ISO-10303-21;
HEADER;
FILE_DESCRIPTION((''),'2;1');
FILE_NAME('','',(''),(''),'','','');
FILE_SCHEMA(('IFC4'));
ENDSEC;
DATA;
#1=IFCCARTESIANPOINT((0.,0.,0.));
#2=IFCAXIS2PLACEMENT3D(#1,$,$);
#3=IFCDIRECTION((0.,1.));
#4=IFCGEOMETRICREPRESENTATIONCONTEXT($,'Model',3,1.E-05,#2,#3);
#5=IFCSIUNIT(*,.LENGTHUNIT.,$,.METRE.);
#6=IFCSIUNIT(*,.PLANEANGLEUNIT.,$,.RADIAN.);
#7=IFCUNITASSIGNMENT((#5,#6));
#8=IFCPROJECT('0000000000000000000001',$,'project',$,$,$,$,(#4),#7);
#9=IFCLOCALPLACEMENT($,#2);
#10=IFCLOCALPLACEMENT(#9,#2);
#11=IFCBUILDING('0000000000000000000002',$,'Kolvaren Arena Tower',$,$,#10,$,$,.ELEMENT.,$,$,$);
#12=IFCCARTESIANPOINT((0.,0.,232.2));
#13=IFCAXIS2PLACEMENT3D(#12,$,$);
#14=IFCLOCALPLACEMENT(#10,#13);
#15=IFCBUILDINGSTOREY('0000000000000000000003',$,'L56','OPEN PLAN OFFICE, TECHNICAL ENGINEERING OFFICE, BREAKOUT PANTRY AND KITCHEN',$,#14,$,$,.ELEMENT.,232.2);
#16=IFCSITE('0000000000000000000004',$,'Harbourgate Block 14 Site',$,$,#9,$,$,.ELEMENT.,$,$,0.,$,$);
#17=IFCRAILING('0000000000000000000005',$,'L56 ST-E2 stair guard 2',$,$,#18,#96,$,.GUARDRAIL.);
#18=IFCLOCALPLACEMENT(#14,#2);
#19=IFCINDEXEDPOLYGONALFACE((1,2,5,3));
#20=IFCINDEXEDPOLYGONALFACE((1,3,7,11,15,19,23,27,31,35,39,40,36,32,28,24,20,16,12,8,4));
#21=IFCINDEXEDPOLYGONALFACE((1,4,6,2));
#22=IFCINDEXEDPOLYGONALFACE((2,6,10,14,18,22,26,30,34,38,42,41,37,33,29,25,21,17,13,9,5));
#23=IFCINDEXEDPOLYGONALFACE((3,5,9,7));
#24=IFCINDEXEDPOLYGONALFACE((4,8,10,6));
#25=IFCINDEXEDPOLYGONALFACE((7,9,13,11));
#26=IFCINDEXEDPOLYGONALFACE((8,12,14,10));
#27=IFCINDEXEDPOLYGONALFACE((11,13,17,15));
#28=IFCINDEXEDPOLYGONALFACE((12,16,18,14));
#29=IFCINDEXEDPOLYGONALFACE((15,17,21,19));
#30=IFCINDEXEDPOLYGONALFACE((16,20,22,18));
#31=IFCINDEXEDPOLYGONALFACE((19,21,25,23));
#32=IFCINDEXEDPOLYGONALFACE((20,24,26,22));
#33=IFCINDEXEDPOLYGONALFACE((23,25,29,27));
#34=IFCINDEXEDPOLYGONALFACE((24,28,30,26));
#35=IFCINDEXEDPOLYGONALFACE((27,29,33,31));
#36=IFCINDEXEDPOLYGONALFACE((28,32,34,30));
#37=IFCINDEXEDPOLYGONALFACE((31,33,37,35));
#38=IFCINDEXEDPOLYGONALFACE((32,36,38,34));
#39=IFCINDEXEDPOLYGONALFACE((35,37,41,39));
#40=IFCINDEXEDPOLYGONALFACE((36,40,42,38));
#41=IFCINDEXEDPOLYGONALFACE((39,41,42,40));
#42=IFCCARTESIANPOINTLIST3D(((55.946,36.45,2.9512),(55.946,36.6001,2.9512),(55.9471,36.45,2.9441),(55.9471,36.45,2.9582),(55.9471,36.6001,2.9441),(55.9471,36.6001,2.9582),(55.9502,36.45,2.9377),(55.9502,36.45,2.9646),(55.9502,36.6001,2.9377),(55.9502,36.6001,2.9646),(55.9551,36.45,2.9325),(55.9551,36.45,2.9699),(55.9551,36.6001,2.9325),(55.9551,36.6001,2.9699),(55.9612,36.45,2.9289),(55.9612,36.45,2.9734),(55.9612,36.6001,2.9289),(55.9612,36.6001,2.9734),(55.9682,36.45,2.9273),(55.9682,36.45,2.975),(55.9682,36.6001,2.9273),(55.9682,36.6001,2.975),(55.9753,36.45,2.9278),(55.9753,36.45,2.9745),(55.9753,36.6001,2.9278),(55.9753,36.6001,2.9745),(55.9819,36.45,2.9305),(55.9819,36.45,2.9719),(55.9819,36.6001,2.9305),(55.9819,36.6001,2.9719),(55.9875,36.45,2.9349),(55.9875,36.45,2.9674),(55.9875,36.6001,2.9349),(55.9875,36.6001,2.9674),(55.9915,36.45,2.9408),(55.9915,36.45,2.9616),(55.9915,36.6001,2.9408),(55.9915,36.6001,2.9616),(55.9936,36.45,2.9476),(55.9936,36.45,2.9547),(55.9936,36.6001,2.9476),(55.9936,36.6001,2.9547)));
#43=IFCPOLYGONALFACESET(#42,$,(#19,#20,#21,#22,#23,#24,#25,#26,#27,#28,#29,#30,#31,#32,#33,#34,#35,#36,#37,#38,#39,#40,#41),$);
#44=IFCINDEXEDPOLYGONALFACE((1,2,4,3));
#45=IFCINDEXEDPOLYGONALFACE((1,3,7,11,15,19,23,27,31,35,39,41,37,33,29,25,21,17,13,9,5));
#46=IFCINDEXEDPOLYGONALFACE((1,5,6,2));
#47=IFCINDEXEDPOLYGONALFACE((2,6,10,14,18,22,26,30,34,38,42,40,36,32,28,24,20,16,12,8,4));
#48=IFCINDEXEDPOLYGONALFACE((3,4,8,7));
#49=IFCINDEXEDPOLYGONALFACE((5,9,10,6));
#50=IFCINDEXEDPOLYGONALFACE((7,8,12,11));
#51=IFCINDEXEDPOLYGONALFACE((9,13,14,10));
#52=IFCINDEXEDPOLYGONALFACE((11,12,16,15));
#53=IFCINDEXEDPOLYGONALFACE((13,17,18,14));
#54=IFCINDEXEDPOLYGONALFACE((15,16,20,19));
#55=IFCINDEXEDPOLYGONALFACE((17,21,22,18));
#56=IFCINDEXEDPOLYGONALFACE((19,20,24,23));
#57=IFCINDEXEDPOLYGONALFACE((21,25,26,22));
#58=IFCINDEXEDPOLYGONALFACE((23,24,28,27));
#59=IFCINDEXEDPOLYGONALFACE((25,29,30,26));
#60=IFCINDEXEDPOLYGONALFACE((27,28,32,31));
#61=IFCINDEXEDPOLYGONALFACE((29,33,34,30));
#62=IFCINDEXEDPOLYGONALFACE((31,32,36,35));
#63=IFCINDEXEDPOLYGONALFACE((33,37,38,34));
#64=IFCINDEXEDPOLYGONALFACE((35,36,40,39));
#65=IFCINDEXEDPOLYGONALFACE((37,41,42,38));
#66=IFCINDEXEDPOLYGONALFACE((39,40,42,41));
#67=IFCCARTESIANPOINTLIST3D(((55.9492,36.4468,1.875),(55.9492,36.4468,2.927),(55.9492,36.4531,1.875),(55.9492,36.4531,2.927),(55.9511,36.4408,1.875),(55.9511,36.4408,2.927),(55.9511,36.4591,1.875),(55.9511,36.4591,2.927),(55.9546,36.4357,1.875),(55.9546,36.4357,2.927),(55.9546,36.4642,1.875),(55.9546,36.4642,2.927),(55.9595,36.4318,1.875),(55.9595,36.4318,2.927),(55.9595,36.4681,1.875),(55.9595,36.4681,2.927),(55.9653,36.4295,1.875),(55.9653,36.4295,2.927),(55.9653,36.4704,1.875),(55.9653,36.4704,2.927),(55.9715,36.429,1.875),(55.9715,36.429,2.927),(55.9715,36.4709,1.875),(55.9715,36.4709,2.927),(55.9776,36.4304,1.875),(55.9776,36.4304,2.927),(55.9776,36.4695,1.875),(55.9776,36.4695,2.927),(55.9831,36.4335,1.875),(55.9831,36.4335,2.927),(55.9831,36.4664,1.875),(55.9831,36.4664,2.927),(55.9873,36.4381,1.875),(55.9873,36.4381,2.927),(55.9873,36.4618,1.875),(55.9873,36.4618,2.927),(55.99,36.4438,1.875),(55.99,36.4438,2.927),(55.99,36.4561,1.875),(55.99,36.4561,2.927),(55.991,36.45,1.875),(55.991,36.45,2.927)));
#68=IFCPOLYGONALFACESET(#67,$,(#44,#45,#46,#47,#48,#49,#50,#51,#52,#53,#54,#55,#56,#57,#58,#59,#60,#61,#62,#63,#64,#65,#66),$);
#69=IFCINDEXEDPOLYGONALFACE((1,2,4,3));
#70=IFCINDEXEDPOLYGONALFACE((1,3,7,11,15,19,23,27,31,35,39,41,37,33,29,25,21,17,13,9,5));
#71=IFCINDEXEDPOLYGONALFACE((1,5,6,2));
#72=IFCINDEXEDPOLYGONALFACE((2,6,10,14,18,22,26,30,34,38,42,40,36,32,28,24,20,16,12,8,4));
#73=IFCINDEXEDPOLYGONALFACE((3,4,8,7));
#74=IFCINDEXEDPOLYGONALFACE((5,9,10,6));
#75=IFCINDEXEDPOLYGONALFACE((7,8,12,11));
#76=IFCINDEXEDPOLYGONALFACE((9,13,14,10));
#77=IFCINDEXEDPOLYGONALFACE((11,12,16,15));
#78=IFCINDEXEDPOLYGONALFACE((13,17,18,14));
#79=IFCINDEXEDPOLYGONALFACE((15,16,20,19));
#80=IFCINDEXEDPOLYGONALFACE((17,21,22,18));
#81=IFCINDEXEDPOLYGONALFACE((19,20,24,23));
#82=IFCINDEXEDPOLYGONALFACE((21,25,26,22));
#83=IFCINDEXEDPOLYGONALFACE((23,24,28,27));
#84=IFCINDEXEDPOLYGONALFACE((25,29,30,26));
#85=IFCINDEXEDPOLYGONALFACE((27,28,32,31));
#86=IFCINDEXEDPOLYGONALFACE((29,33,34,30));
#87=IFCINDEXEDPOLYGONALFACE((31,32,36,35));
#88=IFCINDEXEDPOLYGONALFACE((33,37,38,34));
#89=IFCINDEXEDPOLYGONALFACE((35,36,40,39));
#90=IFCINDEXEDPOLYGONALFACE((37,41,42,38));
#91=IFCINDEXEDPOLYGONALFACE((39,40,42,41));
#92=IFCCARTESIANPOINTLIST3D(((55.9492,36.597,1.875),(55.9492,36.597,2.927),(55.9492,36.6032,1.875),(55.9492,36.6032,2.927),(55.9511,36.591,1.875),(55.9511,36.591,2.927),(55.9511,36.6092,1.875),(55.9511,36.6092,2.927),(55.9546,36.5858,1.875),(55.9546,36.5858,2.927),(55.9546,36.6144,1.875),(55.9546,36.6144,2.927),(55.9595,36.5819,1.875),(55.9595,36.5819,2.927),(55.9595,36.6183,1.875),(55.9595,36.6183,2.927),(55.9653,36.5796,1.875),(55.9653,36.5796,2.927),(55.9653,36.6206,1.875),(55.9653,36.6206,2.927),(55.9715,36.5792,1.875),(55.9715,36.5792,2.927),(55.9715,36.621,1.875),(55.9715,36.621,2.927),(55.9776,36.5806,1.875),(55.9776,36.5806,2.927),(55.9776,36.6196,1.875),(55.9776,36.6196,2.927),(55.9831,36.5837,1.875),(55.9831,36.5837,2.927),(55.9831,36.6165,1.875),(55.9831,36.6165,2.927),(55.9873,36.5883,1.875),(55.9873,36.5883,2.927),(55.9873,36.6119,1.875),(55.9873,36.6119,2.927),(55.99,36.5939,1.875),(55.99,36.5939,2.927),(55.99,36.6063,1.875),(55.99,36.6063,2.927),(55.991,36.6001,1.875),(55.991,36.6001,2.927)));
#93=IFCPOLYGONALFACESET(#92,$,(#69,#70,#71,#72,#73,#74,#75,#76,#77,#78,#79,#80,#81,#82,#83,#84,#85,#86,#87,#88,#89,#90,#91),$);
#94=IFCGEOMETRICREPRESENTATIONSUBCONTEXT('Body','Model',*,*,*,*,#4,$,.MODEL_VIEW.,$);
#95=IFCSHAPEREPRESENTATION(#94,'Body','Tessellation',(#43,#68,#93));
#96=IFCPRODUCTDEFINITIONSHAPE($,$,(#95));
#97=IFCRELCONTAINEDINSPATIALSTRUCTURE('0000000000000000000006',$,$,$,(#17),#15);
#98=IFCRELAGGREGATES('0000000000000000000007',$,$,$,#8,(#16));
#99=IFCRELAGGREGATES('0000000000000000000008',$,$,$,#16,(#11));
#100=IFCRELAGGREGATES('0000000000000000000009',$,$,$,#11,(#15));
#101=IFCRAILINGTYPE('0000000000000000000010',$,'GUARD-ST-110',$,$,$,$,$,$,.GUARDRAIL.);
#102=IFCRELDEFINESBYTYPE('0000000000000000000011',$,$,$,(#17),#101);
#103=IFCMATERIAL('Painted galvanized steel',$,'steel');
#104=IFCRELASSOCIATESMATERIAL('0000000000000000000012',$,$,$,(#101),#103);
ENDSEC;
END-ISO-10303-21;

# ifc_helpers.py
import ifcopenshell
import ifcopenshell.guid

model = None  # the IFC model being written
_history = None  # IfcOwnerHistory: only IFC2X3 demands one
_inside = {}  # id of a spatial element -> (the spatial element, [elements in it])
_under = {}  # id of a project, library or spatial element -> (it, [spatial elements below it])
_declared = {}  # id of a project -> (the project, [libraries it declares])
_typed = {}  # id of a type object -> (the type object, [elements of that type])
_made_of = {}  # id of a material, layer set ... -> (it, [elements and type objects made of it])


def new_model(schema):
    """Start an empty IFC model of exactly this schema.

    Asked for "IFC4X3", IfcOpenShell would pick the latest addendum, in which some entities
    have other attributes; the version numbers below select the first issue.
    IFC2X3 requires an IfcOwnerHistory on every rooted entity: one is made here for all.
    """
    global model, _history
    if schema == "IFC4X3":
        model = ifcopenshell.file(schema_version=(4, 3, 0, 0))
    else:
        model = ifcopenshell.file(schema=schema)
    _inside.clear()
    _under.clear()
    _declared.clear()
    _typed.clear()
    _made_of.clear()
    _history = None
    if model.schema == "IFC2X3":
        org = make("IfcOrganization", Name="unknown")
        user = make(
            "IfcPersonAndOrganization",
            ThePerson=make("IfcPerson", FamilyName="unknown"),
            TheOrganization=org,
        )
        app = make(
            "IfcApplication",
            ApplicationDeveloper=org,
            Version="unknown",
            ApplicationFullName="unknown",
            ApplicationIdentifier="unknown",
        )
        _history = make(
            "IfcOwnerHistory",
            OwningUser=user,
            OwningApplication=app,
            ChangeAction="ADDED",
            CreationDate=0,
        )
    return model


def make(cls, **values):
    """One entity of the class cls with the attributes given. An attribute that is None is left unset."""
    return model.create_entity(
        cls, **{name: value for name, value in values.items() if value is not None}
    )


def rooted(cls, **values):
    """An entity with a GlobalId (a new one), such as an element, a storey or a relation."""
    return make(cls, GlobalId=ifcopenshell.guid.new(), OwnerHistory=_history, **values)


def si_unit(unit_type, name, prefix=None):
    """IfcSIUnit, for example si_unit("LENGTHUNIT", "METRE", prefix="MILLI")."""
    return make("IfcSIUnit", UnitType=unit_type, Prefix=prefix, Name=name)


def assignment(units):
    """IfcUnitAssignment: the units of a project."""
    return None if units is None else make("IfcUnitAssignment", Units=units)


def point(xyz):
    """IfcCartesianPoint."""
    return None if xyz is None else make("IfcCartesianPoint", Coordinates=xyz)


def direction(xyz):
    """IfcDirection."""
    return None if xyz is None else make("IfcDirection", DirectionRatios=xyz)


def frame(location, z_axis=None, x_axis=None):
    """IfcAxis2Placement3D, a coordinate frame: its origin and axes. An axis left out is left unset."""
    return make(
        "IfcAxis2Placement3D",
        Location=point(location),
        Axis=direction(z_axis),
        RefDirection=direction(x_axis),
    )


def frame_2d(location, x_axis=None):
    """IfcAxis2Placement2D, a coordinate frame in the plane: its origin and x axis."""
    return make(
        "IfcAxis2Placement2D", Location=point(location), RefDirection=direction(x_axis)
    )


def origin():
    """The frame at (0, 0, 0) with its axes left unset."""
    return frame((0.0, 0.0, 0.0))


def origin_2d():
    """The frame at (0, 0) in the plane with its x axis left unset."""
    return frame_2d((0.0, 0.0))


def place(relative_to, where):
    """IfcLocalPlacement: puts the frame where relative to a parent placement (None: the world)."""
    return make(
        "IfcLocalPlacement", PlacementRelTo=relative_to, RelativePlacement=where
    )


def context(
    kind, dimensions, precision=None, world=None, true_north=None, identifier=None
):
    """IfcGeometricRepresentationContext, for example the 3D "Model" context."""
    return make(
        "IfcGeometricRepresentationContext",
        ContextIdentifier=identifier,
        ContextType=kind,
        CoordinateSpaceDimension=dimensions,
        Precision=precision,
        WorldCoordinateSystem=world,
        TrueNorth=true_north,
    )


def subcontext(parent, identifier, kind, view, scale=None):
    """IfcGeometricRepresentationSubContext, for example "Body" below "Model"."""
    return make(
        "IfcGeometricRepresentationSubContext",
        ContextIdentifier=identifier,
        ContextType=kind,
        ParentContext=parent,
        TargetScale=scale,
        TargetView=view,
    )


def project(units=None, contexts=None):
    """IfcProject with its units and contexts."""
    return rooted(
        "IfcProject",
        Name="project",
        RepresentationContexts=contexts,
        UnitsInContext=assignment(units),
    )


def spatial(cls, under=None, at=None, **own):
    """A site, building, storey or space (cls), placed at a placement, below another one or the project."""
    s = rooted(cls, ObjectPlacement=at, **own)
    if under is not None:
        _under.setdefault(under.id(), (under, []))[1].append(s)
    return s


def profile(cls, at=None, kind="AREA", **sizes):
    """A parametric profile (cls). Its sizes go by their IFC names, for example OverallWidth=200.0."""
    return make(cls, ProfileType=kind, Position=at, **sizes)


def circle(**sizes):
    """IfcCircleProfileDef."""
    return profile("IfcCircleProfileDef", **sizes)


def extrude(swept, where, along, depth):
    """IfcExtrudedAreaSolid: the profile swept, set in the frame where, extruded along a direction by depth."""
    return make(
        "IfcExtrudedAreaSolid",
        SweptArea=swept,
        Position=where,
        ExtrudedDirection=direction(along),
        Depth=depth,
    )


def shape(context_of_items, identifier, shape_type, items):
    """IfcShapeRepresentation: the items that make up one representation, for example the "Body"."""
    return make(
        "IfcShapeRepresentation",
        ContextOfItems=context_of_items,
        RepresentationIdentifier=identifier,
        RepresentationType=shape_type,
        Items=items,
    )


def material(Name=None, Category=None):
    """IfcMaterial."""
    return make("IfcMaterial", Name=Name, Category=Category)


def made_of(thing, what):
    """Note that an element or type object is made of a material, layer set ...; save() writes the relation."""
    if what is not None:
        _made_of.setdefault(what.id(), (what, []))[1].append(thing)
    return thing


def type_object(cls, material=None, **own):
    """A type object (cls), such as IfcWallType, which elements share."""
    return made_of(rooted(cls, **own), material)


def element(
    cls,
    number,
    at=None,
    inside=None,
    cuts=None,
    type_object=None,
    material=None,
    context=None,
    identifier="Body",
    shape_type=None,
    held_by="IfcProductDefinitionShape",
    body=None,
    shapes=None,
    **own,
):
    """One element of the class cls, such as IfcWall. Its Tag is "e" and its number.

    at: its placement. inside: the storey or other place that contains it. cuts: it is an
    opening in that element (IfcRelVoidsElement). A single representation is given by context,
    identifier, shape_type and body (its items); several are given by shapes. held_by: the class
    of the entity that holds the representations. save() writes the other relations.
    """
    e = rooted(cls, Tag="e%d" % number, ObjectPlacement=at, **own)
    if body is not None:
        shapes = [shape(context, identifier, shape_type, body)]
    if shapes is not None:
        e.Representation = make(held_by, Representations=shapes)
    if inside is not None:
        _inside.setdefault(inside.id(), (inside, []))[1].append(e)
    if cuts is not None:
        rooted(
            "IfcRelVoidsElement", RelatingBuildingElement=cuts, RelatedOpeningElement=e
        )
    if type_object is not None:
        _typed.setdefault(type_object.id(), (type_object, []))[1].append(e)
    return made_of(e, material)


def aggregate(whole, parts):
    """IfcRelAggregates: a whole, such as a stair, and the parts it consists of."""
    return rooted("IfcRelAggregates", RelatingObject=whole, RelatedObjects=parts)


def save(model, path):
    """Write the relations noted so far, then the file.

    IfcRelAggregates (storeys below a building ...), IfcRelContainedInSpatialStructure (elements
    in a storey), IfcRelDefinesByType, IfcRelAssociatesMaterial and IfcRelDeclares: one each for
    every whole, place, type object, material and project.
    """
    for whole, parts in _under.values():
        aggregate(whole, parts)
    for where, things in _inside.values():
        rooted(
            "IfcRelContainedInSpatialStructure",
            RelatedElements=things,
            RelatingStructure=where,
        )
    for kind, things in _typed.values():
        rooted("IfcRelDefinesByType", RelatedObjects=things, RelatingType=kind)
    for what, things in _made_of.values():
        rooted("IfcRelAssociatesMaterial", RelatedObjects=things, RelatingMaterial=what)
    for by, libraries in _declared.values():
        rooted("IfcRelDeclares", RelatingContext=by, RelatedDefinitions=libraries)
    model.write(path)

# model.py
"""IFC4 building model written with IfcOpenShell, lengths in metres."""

from ifc_helpers import new_model, si_unit, direction, frame, origin, origin_2d, place, context, subcontext, project, spatial, circle, extrude, material, type_object, element, save


model = new_model("IFC4")

# Units and contexts
model_context = context("Model", 3, precision=1e-05, world=origin(), true_north=direction((0.0, 1.0)))
body_context = subcontext(model_context, "Body", "Model", "MODEL_VIEW")
ifc_project = project(units=[si_unit("LENGTHUNIT", "METRE"), si_unit("PLANEANGLEUNIT", "RADIAN")], contexts=[model_context])

# Site, building, storey
site_placement = place(None, origin())
site = spatial("IfcSite", under=ifc_project, at=site_placement, Name="Harbourgate Block 14 Site", CompositionType="ELEMENT", RefElevation=0.0)
building_placement = place(site_placement, origin())
building = spatial("IfcBuilding", under=site, at=building_placement, Name="Kolvaren Arena Tower", CompositionType="ELEMENT")
storey_placement = place(building_placement, frame((0.0, 0.0, 232.2)))
storey = spatial("IfcBuildingStorey", under=building, at=storey_placement, Name="L56", Description="OPEN PLAN OFFICE, TECHNICAL ENGINEERING OFFICE, BREAKOUT PANTRY AND KITCHEN", CompositionType="ELEMENT", Elevation=232.2)

# Railing
ifc_material_1 = material(Name="Painted galvanized steel", Category="steel")
railing_type_1 = type_object("IfcRailingType", Name="GUARD-ST-110", PredefinedType="GUARDRAIL", material=ifc_material_1)
railing_1_placement = place(storey_placement, frame((55.97, 36.45, 1.875)))
element("IfcRailing", 1, at=railing_1_placement, inside=storey, type_object=railing_type_1, Name="L56 ST-E2 stair guard 2", PredefinedType="GUARDRAIL", context=body_context, shape_type="SweptSolid", body=[
    extrude(circle(Radius=0.0239, at=origin_2d()), frame((0.0, 0.0, 1.0762), z_axis=(0.0, 1.0, 0.0), x_axis=(-1.0, 0.0, 0.0)), (0.0, 0.0, 1.0), 0.1501),
    extrude(circle(Radius=0.021, at=origin_2d()), origin(), (0.0, 0.0, 1.0), 1.052),
    extrude(circle(Radius=0.021, at=origin_2d()), frame((0.0, 0.1501, 0.0)), (0.0, 0.0, 1.0), 1.052),
])

save(model, "model.ifc")
